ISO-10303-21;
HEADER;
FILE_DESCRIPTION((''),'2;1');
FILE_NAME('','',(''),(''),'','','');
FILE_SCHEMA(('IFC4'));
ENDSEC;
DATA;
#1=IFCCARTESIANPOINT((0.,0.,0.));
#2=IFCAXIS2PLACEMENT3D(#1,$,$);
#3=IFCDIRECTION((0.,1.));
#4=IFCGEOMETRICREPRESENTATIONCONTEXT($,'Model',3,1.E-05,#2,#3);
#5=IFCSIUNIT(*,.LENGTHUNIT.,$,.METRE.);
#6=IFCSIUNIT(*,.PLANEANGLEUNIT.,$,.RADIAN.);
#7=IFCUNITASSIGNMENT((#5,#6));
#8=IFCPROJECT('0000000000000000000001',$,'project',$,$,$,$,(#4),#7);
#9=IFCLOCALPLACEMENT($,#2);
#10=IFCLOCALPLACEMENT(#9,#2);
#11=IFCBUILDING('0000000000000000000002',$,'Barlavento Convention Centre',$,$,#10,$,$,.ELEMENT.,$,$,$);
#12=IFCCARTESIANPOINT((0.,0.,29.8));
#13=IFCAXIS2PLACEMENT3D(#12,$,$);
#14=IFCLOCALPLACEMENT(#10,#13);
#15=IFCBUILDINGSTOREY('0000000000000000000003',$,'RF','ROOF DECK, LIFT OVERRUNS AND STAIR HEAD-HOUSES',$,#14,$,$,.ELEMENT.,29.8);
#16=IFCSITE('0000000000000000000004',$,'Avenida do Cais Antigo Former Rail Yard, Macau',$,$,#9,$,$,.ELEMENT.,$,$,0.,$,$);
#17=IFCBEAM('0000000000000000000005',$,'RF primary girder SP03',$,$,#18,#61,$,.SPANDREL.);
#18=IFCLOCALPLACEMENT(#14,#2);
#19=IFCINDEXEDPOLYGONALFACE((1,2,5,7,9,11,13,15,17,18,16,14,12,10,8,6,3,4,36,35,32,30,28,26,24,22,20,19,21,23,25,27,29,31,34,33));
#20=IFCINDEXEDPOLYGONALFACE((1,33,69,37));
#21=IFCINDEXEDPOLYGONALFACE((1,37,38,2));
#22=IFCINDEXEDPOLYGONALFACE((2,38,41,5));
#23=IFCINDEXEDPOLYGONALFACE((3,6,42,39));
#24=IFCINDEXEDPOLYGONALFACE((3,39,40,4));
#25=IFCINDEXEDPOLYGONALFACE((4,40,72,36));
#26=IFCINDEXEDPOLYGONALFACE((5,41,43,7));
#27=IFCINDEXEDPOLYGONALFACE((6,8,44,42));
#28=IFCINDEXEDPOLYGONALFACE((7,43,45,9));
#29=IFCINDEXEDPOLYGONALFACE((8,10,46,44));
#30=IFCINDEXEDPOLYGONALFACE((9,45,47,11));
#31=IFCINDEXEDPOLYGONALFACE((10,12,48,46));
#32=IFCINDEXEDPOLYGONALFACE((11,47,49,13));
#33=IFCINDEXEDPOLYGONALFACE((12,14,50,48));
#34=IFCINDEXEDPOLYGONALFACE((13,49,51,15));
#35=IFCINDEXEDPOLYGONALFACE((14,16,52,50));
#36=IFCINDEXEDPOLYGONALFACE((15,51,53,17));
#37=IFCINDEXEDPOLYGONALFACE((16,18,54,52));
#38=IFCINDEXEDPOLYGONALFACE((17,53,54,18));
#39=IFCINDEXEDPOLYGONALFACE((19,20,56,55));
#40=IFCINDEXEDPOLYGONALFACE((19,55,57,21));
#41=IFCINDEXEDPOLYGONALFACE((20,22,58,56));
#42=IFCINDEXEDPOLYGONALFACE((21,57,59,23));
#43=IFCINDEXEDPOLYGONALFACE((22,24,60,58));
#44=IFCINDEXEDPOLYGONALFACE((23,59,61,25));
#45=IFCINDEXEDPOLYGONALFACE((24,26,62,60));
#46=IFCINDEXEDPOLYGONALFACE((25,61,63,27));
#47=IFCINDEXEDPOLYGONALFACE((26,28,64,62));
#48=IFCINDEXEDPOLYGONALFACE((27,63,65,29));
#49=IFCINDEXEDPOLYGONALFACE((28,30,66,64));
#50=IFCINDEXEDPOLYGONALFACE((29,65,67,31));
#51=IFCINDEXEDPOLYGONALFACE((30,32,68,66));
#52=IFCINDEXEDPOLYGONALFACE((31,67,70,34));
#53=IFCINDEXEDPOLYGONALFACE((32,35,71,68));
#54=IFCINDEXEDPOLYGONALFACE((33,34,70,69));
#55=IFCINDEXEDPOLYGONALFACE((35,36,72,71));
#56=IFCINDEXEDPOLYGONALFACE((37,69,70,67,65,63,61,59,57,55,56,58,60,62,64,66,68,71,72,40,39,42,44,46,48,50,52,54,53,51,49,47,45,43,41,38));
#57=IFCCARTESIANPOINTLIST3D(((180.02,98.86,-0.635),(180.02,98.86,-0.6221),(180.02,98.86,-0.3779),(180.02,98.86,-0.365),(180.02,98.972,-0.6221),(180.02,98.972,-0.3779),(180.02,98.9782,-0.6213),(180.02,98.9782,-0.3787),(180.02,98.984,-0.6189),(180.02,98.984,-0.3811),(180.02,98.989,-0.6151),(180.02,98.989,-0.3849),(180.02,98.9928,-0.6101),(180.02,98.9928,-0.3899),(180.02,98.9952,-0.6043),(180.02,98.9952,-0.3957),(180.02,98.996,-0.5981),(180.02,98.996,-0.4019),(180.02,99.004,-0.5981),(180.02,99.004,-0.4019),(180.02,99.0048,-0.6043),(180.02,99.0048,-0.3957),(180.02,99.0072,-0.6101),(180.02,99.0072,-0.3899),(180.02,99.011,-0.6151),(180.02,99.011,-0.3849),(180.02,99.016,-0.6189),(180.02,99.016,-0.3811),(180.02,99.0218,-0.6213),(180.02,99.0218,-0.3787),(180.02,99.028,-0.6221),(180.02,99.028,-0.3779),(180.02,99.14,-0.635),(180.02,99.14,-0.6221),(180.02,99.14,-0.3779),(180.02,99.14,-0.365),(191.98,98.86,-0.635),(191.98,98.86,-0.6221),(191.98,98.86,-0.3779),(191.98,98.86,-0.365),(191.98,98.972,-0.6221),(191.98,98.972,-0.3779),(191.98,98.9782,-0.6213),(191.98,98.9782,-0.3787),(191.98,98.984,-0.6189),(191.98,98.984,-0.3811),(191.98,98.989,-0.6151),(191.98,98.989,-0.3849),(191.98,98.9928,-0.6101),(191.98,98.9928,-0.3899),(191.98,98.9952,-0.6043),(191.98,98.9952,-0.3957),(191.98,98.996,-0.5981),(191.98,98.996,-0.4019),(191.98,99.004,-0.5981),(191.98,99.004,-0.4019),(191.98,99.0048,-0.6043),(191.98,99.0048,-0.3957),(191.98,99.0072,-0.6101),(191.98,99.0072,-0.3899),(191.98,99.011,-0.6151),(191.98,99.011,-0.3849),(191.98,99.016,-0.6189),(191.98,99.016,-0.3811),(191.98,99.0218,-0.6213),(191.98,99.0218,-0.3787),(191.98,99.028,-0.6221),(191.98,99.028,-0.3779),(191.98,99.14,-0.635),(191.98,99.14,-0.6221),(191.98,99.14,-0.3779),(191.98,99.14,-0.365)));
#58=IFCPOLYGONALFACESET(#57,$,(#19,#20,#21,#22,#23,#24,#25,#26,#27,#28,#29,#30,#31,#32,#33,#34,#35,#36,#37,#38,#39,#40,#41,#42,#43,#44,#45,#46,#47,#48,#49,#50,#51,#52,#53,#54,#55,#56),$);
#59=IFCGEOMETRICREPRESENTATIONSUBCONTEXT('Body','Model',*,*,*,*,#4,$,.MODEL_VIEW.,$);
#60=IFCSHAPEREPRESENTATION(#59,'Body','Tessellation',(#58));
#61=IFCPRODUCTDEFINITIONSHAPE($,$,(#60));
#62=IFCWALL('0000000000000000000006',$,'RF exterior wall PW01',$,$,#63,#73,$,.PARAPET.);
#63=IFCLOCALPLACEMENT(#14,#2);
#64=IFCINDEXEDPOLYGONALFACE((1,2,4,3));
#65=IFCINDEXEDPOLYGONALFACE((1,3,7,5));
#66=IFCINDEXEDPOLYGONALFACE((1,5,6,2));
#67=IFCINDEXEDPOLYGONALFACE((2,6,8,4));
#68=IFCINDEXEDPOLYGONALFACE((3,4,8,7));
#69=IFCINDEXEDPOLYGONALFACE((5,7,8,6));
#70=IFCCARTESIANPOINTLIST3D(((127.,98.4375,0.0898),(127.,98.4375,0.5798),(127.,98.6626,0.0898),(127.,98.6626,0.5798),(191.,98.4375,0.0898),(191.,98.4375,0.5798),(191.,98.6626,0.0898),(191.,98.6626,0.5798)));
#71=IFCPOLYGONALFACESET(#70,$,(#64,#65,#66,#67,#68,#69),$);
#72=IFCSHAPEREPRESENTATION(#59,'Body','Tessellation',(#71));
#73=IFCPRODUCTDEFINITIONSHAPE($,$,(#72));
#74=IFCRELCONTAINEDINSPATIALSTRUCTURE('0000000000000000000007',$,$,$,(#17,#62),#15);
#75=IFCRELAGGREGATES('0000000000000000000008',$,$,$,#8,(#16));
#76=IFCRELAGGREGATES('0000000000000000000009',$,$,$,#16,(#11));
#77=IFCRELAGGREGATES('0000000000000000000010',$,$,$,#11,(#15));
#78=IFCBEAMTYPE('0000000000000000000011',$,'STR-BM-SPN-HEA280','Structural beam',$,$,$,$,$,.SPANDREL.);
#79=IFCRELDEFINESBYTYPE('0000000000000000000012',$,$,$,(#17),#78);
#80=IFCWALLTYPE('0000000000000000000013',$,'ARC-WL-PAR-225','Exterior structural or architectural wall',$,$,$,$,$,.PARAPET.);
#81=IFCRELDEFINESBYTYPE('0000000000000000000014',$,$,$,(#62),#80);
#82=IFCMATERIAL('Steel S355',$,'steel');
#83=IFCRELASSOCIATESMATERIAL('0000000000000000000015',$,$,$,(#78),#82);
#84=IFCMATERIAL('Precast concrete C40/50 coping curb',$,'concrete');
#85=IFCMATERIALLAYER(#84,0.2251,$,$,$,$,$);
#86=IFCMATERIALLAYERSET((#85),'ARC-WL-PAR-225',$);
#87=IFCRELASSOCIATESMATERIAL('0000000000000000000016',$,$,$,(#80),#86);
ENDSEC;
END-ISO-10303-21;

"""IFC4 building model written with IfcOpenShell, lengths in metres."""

from ifc_helpers import new_model, si_unit, direction, frame, frame_2d, origin, origin_2d, place, context, subcontext, project, spatial, rectangle, i_section, extrude, material, layer, layer_set, material_profile, profile_set, type_object, element, save


model = new_model("IFC4")

# Units and contexts
model_context = context("Model", 3, precision=1e-05, world=origin(), true_north=direction((0.0, 1.0)))
body_context = subcontext(model_context, "Body", "Model", "MODEL_VIEW")
ifc_project = project(units=[si_unit("LENGTHUNIT", "METRE"), si_unit("PLANEANGLEUNIT", "RADIAN")], contexts=[model_context])

# Site, building, storey
site_placement = place(None, origin())
site = spatial("IfcSite", under=ifc_project, at=site_placement, Name="Avenida do Cais Antigo Former Rail Yard, Macau", CompositionType="ELEMENT", RefElevation=0.0)
building_placement = place(site_placement, origin())
building = spatial("IfcBuilding", under=site, at=building_placement, Name="Barlavento Convention Centre", CompositionType="ELEMENT")
storey_placement = place(building_placement, frame((0.0, 0.0, 29.8)))
storey = spatial("IfcBuildingStorey", under=building, at=storey_placement, Name="RF", Description="ROOF DECK, LIFT OVERRUNS AND STAIR HEAD-HOUSES", CompositionType="ELEMENT", Elevation=29.8)

# Beam
ifc_material_1 = material(Name="Steel S355", Category="steel")
ifc_material_profile_1 = material_profile(ifc_material_1, i_section(OverallWidth=0.28, OverallDepth=0.27, WebThickness=0.0081, FlangeThickness=0.0129, FilletRadius=0.0239, at=origin_2d()), Name="HEA 280")
ifc_profile_set_1 = profile_set([ifc_material_profile_1], Name="Steel S355")
beam_type_1 = type_object("IfcBeamType", Name="STR-BM-SPN-HEA280", Description="Structural beam", PredefinedType="SPANDREL", material=ifc_profile_set_1)
beam_placement = place(storey_placement, frame((180.02, 99.0, -0.5), z_axis=(1.0, 0.0, 0.0), x_axis=(0.0, 1.0, 0.0)))
element("IfcBeam", 1, at=beam_placement, inside=storey, type_object=beam_type_1, Name="RF primary girder SP03", PredefinedType="SPANDREL", context=body_context, shape_type="SweptSolid", body=[
    extrude(i_section(OverallWidth=0.28, OverallDepth=0.27, WebThickness=0.0081, FlangeThickness=0.0129, FilletRadius=0.0239, at=origin_2d()), origin(), (0.0, 0.0, 1.0), 11.96),
])

# Wall
ifc_material_2 = material(Name="Precast concrete C40/50 coping curb", Category="concrete")
ifc_layer = layer(ifc_material_2, 0.2251)
ifc_layer_set = layer_set([ifc_layer], Name="ARC-WL-PAR-225")
wall_type = type_object("IfcWallType", Name="ARC-WL-PAR-225", Description="Exterior structural or architectural wall", PredefinedType="PARAPET", material=ifc_layer_set)
wall_placement = place(storey_placement, frame((191.0, 98.55, 0.0898), z_axis=(0.0, 0.0, 1.0), x_axis=(-1.0, 0.0, 0.0)))
element("IfcWall", 2, at=wall_placement, inside=storey, type_object=wall_type, Name="RF exterior wall PW01", PredefinedType="PARAPET", context=body_context, shape_type="SweptSolid", body=[
    extrude(rectangle(XDim=64.0, YDim=0.2251, at=frame_2d((32.0, 0.0))), origin(), (0.0, 0.0, 1.0), 0.49),
])

save(model, "model.ifc")
